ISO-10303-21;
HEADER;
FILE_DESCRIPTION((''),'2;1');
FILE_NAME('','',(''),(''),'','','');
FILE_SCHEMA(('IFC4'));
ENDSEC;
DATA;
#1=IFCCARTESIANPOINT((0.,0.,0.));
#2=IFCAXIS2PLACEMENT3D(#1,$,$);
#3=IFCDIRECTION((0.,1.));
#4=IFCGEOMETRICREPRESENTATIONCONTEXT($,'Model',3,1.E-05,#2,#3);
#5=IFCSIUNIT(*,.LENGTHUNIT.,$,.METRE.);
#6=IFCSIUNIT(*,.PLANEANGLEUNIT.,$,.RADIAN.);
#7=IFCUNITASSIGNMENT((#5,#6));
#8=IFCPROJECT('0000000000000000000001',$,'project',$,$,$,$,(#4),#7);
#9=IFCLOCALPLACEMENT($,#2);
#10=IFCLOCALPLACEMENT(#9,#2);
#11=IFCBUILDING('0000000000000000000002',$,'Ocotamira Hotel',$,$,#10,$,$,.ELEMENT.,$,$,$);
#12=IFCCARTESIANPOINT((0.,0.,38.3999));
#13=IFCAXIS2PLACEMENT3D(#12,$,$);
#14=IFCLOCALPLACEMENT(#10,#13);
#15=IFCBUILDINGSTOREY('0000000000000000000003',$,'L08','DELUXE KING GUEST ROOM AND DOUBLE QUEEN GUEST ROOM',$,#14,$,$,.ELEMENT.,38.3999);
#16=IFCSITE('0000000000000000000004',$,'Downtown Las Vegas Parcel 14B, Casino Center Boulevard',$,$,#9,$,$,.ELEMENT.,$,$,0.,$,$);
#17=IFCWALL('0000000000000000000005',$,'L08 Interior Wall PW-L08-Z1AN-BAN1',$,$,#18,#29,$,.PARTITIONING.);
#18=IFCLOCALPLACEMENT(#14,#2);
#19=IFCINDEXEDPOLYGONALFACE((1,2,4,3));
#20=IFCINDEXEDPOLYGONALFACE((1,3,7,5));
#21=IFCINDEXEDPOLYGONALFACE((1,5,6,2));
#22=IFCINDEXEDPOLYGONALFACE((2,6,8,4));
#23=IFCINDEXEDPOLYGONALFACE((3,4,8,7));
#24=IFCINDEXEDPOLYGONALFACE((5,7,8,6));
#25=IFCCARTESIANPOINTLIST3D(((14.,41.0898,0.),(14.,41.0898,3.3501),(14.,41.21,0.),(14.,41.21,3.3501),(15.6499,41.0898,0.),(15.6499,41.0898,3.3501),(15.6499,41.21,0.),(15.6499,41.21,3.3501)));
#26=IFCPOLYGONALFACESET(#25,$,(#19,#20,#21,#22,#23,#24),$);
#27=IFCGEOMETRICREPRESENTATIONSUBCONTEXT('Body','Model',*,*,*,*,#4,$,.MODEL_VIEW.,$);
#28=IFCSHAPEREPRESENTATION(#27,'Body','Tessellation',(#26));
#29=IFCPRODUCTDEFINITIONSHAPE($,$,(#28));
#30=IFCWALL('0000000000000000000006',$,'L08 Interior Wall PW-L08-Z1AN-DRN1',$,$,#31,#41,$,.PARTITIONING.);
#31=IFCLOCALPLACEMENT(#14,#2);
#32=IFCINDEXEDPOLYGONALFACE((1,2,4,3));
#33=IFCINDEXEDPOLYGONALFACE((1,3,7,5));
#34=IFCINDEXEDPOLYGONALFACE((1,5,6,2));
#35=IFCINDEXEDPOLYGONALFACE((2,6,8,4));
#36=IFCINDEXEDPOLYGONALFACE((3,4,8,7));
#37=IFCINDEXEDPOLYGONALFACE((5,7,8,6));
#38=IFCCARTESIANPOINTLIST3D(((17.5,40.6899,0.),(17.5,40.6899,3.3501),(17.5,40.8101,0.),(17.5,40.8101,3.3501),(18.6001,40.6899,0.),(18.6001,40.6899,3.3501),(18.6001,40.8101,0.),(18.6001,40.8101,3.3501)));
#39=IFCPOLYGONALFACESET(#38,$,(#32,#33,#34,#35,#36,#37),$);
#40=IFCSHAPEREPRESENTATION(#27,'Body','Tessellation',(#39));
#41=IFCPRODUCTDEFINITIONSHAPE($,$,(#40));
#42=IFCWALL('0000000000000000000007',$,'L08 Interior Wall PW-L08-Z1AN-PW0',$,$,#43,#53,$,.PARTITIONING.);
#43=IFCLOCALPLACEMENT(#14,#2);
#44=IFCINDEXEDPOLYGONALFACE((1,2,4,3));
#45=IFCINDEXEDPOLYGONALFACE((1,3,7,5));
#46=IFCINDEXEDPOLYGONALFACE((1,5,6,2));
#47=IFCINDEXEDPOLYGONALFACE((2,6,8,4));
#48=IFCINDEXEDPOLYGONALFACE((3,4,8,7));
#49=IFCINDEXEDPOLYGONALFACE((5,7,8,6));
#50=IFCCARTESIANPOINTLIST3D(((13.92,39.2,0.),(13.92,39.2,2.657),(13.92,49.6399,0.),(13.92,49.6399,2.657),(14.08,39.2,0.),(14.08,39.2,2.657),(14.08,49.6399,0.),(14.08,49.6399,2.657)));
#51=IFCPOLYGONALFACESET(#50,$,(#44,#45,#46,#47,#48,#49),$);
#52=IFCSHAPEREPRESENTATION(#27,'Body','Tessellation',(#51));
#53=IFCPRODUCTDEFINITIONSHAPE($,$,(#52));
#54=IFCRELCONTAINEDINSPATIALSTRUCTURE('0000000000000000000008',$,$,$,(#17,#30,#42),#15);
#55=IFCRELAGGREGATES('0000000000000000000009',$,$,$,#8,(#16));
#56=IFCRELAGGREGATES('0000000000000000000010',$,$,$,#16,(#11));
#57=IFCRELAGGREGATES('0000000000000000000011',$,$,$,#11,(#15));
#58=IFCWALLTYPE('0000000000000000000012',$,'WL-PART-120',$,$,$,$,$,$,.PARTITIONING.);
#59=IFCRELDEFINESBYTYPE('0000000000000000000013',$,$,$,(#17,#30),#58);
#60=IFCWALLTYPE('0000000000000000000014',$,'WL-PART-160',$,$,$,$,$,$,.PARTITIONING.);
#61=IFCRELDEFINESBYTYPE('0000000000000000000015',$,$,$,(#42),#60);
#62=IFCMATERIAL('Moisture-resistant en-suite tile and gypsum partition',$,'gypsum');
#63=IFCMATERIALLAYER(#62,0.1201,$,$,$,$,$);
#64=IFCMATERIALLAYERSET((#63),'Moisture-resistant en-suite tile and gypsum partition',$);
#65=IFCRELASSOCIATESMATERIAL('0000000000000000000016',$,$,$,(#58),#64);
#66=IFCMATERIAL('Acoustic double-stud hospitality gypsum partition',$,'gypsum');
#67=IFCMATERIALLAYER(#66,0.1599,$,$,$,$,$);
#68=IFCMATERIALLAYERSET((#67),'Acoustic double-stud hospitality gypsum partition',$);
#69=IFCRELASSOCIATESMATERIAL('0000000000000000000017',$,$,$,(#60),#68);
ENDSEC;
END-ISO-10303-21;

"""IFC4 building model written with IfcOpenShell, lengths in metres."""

from ifc_helpers import new_model, si_unit, direction, frame, frame_2d, origin, place, context, subcontext, project, spatial, rectangle, extrude, material, layer, layer_set, type_object, element, save


model = new_model("IFC4")

# Units and contexts
model_context = context("Model", 3, precision=1e-05, world=origin(), true_north=direction((0.0, 1.0)))
body_context = subcontext(model_context, "Body", "Model", "MODEL_VIEW")
ifc_project = project(units=[si_unit("LENGTHUNIT", "METRE"), si_unit("PLANEANGLEUNIT", "RADIAN")], contexts=[model_context])

# Site, building, storey
site_placement = place(None, origin())
site = spatial("IfcSite", under=ifc_project, at=site_placement, Name="Downtown Las Vegas Parcel 14B, Casino Center Boulevard", CompositionType="ELEMENT", RefElevation=0.0)
building_placement = place(site_placement, origin())
building = spatial("IfcBuilding", under=site, at=building_placement, Name="Ocotamira Hotel", CompositionType="ELEMENT")
storey_placement = place(building_placement, frame((0.0, 0.0, 38.3999)))
storey = spatial("IfcBuildingStorey", under=building, at=storey_placement, Name="L08", Description="DELUXE KING GUEST ROOM AND DOUBLE QUEEN GUEST ROOM", CompositionType="ELEMENT", Elevation=38.3999)

# Shared definitions
ifc_material_1 = material(Name="Moisture-resistant en-suite tile and gypsum partition", Category="gypsum")
ifc_layer_1 = layer(ifc_material_1, 0.1201)
ifc_layer_set_1 = layer_set([ifc_layer_1], Name="Moisture-resistant en-suite tile and gypsum partition")
wall_type_1 = type_object("IfcWallType", Name="WL-PART-120", PredefinedType="PARTITIONING", material=ifc_layer_set_1)

# Walls
wall_1_placement = place(storey_placement, frame((14.0, 41.1499, 0.0), z_axis=(0.0, 0.0, 1.0), x_axis=(1.0, 0.0, 0.0)))
element("IfcWall", 1, at=wall_1_placement, inside=storey, type_object=wall_type_1, Name="L08 Interior Wall PW-L08-Z1AN-BAN1", PredefinedType="PARTITIONING", context=body_context, shape_type="SweptSolid", body=[
    extrude(rectangle(XDim=1.6499, YDim=0.1201, at=frame_2d((0.825, 0.0))), origin(), (0.0, 0.0, 1.0), 3.3501),
])
wall_2_placement = place(storey_placement, frame((17.5, 40.75, 0.0), z_axis=(0.0, 0.0, 1.0), x_axis=(1.0, 0.0, 0.0)))
element("IfcWall", 2, at=wall_2_placement, inside=storey, type_object=wall_type_1, Name="L08 Interior Wall PW-L08-Z1AN-DRN1", PredefinedType="PARTITIONING", context=body_context, shape_type="SweptSolid", body=[
    extrude(rectangle(XDim=1.1001, YDim=0.1201, at=frame_2d((0.55, 0.0))), origin(), (0.0, 0.0, 1.0), 3.3501),
])
ifc_material_2 = material(Name="Acoustic double-stud hospitality gypsum partition", Category="gypsum")
ifc_layer_2 = layer(ifc_material_2, 0.1599)
ifc_layer_set_2 = layer_set([ifc_layer_2], Name="Acoustic double-stud hospitality gypsum partition")
wall_type_2 = type_object("IfcWallType", Name="WL-PART-160", PredefinedType="PARTITIONING", material=ifc_layer_set_2)
wall_3_placement = place(storey_placement, frame((14.0, 39.2, 0.0), z_axis=(0.0, 0.0, 1.0), x_axis=(0.0, 1.0, 0.0)))
element("IfcWall", 3, at=wall_3_placement, inside=storey, type_object=wall_type_2, Name="L08 Interior Wall PW-L08-Z1AN-PW0", PredefinedType="PARTITIONING", context=body_context, shape_type="SweptSolid", body=[
    extrude(rectangle(XDim=10.4399, YDim=0.1599, at=frame_2d((5.22, 0.0))), origin(), (0.0, 0.0, 1.0), 2.657),
])

save(model, "model.ifc")
